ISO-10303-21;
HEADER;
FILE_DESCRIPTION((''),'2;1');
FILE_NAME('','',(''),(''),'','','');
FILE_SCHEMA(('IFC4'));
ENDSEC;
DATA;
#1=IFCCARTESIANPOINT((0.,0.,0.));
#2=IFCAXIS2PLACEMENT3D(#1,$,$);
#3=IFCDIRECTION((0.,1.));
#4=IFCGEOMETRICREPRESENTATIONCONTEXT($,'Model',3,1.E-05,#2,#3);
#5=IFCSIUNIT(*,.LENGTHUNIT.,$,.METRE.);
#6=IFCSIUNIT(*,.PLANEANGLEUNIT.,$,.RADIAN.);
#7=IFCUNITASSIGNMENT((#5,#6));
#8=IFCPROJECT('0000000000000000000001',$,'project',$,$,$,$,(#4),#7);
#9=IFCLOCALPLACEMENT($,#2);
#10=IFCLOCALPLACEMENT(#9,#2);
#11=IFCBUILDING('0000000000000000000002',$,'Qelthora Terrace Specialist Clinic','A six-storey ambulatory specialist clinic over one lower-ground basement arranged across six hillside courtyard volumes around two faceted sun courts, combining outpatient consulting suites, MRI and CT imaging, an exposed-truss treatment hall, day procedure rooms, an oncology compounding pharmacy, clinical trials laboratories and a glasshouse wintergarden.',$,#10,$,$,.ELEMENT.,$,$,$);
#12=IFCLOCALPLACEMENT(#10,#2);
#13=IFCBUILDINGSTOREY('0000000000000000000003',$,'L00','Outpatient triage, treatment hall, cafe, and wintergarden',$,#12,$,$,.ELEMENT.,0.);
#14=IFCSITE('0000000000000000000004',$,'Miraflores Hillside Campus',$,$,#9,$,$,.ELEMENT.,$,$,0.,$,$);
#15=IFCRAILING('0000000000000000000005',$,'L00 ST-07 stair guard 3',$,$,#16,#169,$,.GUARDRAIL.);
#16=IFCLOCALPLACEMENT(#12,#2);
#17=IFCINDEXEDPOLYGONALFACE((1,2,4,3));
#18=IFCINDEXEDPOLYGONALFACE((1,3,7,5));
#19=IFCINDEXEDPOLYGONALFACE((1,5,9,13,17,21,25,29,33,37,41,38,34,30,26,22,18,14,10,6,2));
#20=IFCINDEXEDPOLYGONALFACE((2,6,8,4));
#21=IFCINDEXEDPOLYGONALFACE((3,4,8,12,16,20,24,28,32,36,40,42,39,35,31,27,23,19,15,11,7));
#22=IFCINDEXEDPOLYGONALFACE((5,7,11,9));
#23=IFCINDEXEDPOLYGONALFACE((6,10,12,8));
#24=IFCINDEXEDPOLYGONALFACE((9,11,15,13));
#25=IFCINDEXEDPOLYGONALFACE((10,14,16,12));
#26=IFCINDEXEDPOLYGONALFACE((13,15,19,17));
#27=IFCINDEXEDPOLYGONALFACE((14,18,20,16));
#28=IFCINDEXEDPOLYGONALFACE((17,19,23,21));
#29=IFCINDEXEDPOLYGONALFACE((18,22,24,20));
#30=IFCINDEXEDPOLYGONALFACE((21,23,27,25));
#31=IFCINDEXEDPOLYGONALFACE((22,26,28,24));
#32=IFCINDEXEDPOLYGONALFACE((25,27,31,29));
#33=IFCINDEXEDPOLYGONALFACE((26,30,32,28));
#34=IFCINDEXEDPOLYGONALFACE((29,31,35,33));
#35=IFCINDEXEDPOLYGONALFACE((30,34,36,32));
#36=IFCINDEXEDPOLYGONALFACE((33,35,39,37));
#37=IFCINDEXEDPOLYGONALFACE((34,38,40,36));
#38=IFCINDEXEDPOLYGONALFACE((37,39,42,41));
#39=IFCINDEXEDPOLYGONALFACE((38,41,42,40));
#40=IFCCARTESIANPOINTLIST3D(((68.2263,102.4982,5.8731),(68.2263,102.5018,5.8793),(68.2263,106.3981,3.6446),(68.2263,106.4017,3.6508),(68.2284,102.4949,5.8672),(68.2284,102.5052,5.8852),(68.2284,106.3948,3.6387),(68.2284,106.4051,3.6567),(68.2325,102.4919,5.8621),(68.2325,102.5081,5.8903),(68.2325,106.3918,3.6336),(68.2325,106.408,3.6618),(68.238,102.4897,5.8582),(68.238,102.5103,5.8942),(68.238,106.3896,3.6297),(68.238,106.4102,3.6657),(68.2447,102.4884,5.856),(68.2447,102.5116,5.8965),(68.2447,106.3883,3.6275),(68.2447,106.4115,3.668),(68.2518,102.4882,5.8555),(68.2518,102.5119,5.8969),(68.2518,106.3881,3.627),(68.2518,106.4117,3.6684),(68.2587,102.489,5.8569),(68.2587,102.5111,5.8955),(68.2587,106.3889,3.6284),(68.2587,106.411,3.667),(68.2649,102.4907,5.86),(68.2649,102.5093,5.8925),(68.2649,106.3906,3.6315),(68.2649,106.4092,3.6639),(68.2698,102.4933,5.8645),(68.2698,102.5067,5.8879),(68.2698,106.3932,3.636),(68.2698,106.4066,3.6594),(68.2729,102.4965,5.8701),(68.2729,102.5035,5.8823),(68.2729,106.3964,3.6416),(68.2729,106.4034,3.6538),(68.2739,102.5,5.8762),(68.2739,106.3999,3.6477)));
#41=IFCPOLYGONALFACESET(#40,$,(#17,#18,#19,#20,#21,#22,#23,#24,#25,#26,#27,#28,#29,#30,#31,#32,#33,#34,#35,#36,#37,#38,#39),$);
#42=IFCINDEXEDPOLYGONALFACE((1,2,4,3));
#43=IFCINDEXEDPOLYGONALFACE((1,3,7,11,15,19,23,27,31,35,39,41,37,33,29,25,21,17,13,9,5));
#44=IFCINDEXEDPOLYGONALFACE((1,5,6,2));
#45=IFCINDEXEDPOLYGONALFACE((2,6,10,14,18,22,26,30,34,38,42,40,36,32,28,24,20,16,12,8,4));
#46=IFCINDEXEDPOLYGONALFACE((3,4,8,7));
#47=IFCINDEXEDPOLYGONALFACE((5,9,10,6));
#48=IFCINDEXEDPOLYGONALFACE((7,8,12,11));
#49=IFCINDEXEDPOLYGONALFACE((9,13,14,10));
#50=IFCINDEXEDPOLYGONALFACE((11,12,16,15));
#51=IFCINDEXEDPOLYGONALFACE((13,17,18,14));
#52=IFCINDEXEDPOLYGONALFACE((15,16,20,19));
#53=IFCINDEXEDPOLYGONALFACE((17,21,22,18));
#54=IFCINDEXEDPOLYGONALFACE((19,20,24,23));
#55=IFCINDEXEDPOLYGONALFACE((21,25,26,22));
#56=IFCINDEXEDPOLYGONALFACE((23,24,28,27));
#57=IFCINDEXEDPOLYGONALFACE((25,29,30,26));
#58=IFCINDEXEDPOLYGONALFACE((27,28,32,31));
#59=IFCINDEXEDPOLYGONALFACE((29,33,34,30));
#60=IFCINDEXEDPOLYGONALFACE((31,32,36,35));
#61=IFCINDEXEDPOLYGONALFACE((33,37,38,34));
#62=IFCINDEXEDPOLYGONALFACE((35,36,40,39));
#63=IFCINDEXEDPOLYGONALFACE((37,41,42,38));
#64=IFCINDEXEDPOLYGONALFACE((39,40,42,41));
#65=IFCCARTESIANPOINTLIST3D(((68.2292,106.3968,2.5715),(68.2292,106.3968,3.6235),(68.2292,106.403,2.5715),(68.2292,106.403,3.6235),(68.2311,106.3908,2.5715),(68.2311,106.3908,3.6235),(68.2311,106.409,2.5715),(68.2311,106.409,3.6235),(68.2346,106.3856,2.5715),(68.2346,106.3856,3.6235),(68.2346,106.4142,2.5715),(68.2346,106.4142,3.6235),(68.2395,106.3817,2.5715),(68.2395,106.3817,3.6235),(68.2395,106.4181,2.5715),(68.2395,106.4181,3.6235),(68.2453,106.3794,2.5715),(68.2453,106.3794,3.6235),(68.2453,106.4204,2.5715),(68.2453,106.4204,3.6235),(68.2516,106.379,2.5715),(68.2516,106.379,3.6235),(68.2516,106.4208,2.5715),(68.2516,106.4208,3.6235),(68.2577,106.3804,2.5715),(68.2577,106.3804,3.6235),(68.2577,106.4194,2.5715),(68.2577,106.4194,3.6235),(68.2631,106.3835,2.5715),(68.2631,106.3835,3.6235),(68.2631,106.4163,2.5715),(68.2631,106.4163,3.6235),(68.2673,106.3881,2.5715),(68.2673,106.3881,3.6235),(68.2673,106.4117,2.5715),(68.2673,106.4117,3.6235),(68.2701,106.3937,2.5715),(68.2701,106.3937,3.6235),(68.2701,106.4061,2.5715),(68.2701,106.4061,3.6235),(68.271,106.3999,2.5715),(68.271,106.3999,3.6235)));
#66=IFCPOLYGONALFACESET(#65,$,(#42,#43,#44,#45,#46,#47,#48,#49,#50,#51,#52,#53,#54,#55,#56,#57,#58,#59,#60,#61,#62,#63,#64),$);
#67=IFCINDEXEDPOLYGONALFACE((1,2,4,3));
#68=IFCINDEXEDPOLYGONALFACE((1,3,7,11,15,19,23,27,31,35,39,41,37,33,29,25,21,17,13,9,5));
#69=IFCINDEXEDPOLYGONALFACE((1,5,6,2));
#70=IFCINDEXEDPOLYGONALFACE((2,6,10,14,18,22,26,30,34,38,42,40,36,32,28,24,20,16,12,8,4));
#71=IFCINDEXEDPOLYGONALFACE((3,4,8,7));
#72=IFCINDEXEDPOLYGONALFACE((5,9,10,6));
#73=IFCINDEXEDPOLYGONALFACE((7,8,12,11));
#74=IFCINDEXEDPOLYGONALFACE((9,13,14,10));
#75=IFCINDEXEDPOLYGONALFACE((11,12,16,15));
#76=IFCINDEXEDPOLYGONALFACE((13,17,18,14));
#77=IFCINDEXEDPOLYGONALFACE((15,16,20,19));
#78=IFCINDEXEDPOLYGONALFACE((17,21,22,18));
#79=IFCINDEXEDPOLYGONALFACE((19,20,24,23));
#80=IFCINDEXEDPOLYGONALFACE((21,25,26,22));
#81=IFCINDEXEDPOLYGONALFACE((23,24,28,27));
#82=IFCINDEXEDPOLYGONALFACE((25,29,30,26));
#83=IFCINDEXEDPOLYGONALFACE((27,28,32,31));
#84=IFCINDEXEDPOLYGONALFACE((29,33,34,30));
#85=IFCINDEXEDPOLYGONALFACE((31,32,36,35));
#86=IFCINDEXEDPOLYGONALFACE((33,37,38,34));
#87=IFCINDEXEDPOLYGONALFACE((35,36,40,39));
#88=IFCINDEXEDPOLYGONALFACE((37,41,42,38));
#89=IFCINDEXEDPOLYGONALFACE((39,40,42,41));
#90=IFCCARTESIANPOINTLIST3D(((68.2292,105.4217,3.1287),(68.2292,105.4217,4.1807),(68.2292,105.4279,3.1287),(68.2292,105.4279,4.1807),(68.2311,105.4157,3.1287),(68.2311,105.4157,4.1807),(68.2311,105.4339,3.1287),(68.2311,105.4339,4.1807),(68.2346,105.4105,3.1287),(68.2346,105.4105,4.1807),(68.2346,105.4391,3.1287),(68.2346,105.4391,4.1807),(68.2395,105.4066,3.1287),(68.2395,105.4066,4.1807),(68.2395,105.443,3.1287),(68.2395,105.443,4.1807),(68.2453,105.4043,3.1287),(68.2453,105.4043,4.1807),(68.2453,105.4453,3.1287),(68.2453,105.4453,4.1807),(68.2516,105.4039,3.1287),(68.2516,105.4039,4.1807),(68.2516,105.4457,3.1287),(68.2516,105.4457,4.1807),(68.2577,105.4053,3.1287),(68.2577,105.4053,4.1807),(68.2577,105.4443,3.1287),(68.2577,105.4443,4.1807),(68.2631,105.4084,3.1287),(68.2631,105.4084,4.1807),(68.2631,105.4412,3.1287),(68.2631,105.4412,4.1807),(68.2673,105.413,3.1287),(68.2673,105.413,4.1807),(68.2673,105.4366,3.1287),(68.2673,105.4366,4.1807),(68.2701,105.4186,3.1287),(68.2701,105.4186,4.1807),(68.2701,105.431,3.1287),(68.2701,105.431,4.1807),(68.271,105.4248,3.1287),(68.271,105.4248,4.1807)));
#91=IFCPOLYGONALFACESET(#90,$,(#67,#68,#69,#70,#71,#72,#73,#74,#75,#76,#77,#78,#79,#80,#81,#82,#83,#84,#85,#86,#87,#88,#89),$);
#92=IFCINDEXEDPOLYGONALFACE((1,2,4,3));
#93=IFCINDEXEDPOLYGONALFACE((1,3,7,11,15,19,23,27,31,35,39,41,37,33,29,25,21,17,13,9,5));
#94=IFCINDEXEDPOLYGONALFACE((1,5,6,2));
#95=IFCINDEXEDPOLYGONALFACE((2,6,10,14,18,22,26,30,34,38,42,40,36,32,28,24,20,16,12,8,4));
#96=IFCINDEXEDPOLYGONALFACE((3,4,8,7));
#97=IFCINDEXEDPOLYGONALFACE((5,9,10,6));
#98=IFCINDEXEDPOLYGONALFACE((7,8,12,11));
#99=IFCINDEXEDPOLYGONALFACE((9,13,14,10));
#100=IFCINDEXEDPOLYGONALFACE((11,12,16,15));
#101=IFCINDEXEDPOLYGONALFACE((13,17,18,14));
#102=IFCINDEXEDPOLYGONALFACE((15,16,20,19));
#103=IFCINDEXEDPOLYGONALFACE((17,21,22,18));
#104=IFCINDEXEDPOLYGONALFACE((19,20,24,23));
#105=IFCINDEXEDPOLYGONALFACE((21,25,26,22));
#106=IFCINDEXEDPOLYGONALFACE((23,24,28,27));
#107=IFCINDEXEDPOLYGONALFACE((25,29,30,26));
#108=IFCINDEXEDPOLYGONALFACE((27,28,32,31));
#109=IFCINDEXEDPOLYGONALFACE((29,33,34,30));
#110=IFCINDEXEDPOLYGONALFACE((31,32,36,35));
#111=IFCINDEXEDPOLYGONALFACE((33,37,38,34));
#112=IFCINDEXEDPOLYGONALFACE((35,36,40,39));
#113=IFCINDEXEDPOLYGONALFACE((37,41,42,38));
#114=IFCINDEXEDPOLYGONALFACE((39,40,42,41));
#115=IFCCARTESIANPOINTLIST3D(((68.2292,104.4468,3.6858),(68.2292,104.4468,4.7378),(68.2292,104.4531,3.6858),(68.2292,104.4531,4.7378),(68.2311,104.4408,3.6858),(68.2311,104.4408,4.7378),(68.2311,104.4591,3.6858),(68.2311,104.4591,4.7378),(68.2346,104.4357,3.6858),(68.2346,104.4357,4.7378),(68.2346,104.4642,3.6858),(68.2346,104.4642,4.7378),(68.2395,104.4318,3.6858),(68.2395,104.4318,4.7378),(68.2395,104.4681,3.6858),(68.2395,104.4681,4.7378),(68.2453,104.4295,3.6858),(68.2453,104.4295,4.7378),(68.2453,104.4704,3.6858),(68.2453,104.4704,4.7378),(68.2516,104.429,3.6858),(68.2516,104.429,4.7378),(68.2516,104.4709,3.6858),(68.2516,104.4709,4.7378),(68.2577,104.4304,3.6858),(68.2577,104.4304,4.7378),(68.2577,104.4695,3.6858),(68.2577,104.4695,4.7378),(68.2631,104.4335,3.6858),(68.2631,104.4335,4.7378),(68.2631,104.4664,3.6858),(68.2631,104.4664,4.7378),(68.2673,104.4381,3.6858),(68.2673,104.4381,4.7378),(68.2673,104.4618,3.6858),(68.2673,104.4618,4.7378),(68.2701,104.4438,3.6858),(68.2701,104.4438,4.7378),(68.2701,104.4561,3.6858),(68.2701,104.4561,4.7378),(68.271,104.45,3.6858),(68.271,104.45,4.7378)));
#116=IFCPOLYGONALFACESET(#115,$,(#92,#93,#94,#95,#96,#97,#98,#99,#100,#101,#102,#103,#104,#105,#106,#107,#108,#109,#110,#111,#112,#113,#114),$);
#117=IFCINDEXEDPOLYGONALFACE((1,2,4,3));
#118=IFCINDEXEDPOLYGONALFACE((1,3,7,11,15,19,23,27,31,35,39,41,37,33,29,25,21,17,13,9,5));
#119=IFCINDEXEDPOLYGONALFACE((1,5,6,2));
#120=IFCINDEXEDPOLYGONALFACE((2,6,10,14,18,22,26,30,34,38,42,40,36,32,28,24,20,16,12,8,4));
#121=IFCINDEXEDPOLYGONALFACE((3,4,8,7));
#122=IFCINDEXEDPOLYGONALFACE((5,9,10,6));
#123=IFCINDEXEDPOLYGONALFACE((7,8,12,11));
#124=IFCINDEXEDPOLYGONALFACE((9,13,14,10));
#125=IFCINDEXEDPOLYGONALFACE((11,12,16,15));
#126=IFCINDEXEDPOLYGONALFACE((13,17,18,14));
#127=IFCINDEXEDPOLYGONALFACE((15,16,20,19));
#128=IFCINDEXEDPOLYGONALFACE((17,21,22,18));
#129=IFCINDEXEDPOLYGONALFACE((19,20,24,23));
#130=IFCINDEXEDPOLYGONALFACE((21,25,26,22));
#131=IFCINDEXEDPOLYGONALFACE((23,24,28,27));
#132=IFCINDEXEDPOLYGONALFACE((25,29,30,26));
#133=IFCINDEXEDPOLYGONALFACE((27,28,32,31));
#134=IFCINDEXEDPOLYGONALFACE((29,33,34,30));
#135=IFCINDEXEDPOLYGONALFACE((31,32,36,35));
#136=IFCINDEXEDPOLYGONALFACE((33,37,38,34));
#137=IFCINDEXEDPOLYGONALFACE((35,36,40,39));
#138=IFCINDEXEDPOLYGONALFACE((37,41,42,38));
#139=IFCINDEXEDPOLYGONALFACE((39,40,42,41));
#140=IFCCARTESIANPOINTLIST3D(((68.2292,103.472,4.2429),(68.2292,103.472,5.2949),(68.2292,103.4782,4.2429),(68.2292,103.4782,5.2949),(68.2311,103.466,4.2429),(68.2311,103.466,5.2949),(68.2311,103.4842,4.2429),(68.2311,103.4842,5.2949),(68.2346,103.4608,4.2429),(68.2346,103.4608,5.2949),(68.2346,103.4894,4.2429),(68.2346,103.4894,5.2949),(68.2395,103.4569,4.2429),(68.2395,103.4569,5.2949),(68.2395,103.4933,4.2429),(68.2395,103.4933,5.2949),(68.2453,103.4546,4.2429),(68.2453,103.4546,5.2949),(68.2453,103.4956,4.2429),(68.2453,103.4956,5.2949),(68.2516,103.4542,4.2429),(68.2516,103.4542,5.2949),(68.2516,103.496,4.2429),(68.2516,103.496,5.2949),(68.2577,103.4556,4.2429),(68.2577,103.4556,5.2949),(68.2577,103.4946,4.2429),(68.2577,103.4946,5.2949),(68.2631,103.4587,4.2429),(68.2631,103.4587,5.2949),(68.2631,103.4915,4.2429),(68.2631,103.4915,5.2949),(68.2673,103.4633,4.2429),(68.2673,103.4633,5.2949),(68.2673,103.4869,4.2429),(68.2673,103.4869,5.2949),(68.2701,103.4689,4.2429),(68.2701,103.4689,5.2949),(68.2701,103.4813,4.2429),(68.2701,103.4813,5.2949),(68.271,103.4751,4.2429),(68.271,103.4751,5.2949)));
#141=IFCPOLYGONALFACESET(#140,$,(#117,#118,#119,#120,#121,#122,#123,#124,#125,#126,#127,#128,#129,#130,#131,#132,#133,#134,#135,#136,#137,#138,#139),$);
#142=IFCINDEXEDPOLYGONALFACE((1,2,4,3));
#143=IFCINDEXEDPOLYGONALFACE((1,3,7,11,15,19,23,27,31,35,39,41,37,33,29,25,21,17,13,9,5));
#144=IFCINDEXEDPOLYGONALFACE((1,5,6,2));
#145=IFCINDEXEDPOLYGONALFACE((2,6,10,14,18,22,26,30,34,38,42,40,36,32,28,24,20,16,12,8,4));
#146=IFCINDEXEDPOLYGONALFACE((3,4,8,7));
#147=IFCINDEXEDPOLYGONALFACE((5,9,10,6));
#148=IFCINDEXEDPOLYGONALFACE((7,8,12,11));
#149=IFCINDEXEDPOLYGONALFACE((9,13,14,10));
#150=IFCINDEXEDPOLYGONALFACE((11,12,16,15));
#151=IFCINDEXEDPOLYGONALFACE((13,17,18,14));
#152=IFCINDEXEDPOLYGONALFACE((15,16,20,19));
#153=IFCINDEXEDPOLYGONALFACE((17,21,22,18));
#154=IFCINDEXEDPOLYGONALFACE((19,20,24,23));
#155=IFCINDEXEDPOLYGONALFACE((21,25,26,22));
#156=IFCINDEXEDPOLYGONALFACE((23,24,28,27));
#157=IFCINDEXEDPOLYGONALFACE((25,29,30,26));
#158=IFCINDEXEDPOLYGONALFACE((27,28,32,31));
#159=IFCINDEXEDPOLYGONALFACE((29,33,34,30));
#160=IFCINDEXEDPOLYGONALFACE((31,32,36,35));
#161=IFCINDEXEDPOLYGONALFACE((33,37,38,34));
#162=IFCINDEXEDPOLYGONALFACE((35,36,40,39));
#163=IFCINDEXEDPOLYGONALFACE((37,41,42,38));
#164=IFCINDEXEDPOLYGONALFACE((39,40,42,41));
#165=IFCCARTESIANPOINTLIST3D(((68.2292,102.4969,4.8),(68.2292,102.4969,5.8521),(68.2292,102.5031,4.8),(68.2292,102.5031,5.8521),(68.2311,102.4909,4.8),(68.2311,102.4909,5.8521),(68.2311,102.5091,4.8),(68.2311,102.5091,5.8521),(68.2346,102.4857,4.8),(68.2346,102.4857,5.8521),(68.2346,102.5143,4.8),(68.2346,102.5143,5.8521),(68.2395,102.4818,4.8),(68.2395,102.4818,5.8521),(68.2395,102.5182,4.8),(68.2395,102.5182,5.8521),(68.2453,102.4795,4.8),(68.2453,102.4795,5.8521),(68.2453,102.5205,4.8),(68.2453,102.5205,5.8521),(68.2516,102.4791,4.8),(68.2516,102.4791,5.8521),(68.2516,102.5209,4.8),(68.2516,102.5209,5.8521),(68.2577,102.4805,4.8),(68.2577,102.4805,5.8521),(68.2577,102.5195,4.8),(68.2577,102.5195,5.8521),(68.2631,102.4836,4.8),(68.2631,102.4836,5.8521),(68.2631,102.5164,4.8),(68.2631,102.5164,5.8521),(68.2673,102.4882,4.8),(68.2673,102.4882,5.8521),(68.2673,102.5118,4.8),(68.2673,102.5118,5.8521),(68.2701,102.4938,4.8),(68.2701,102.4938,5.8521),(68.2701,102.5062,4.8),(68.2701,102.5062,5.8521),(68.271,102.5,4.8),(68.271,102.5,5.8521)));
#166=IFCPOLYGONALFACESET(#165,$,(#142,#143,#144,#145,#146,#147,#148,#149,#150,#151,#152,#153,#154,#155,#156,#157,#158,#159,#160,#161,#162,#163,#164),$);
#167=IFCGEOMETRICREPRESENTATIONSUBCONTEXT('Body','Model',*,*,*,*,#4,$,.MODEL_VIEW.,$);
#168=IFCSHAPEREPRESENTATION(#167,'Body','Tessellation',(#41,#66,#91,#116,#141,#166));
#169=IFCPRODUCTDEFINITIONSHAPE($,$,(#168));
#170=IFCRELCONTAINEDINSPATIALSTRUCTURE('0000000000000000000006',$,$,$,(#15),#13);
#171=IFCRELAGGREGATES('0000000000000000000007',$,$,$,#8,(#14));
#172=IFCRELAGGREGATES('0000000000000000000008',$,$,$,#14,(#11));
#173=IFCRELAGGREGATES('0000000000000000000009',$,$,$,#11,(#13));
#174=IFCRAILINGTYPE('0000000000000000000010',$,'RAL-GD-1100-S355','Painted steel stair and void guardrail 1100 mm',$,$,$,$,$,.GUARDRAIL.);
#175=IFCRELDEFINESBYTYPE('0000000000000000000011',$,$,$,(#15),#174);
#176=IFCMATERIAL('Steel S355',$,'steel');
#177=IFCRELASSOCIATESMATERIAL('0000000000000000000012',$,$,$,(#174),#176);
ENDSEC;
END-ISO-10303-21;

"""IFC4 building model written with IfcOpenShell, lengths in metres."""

from ifc_helpers import new_model, si_unit, direction, frame, origin, origin_2d, place, context, subcontext, project, spatial, circle, extrude, material, type_object, element, save


model = new_model("IFC4")

# Units and contexts
model_context = context("Model", 3, precision=1e-05, world=origin(), true_north=direction((0.0, 1.0)))
body_context = subcontext(model_context, "Body", "Model", "MODEL_VIEW")
ifc_project = project(units=[si_unit("LENGTHUNIT", "METRE"), si_unit("PLANEANGLEUNIT", "RADIAN")], contexts=[model_context])

# Site, building, storey
site_placement = place(None, origin())
site = spatial("IfcSite", under=ifc_project, at=site_placement, Name="Miraflores Hillside Campus", CompositionType="ELEMENT", RefElevation=0.0)
building_placement = place(site_placement, origin())
building = spatial("IfcBuilding", under=site, at=building_placement, Name="Qelthora Terrace Specialist Clinic", Description="A six-storey ambulatory specialist clinic over one lower-ground basement arranged across six hillside courtyard volumes around two faceted sun courts, combining outpatient consulting suites, MRI and CT imaging, an exposed-truss treatment hall, day procedure rooms, an oncology compounding pharmacy, clinical trials laboratories and a glasshouse wintergarden.", CompositionType="ELEMENT")
storey_placement = place(building_placement, origin())
storey = spatial("IfcBuildingStorey", under=building, at=storey_placement, Name="L00", Description="Outpatient triage, treatment hall, cafe, and wintergarden", CompositionType="ELEMENT", Elevation=0.0)

# Shared definitions
ifc_material_1 = material(Name="Steel S355", Category="steel")

# Railing
railing_type_1 = type_object("IfcRailingType", Name="RAL-GD-1100-S355", Description="Painted steel stair and void guardrail 1100 mm", PredefinedType="GUARDRAIL", material=ifc_material_1)
railing_1_placement = place(storey_placement, frame((68.25, 106.3999, 2.5715)))
element("IfcRailing", 1, at=railing_1_placement, inside=storey, type_object=railing_type_1, Name="L00 ST-07 stair guard 3", PredefinedType="GUARDRAIL", context=body_context, shape_type="SweptSolid", body=[
    extrude(circle(Radius=0.0239, at=origin_2d()), frame((0.0, 0.0, 1.0762), z_axis=(0.0, -0.868243, 0.496139), x_axis=(1.0, 0.0, 0.0)), (0.0, 0.0, 1.0), 4.4917),
    extrude(circle(Radius=0.021, at=origin_2d()), origin(), (0.0, 0.0, 1.0), 1.052),
    extrude(circle(Radius=0.021, at=origin_2d()), frame((0.0, -0.9751, 0.5571)), (0.0, 0.0, 1.0), 1.052),
    extrude(circle(Radius=0.021, at=origin_2d()), frame((0.0, -1.95, 1.1143)), (0.0, 0.0, 1.0), 1.052),
    extrude(circle(Radius=0.021, at=origin_2d()), frame((0.0, -2.9248, 1.6714)), (0.0, 0.0, 1.0), 1.052),
    extrude(circle(Radius=0.021, at=origin_2d()), frame((0.0, -3.8999, 2.2285)), (0.0, 0.0, 1.0), 1.052),
])

save(model, "model.ifc")
